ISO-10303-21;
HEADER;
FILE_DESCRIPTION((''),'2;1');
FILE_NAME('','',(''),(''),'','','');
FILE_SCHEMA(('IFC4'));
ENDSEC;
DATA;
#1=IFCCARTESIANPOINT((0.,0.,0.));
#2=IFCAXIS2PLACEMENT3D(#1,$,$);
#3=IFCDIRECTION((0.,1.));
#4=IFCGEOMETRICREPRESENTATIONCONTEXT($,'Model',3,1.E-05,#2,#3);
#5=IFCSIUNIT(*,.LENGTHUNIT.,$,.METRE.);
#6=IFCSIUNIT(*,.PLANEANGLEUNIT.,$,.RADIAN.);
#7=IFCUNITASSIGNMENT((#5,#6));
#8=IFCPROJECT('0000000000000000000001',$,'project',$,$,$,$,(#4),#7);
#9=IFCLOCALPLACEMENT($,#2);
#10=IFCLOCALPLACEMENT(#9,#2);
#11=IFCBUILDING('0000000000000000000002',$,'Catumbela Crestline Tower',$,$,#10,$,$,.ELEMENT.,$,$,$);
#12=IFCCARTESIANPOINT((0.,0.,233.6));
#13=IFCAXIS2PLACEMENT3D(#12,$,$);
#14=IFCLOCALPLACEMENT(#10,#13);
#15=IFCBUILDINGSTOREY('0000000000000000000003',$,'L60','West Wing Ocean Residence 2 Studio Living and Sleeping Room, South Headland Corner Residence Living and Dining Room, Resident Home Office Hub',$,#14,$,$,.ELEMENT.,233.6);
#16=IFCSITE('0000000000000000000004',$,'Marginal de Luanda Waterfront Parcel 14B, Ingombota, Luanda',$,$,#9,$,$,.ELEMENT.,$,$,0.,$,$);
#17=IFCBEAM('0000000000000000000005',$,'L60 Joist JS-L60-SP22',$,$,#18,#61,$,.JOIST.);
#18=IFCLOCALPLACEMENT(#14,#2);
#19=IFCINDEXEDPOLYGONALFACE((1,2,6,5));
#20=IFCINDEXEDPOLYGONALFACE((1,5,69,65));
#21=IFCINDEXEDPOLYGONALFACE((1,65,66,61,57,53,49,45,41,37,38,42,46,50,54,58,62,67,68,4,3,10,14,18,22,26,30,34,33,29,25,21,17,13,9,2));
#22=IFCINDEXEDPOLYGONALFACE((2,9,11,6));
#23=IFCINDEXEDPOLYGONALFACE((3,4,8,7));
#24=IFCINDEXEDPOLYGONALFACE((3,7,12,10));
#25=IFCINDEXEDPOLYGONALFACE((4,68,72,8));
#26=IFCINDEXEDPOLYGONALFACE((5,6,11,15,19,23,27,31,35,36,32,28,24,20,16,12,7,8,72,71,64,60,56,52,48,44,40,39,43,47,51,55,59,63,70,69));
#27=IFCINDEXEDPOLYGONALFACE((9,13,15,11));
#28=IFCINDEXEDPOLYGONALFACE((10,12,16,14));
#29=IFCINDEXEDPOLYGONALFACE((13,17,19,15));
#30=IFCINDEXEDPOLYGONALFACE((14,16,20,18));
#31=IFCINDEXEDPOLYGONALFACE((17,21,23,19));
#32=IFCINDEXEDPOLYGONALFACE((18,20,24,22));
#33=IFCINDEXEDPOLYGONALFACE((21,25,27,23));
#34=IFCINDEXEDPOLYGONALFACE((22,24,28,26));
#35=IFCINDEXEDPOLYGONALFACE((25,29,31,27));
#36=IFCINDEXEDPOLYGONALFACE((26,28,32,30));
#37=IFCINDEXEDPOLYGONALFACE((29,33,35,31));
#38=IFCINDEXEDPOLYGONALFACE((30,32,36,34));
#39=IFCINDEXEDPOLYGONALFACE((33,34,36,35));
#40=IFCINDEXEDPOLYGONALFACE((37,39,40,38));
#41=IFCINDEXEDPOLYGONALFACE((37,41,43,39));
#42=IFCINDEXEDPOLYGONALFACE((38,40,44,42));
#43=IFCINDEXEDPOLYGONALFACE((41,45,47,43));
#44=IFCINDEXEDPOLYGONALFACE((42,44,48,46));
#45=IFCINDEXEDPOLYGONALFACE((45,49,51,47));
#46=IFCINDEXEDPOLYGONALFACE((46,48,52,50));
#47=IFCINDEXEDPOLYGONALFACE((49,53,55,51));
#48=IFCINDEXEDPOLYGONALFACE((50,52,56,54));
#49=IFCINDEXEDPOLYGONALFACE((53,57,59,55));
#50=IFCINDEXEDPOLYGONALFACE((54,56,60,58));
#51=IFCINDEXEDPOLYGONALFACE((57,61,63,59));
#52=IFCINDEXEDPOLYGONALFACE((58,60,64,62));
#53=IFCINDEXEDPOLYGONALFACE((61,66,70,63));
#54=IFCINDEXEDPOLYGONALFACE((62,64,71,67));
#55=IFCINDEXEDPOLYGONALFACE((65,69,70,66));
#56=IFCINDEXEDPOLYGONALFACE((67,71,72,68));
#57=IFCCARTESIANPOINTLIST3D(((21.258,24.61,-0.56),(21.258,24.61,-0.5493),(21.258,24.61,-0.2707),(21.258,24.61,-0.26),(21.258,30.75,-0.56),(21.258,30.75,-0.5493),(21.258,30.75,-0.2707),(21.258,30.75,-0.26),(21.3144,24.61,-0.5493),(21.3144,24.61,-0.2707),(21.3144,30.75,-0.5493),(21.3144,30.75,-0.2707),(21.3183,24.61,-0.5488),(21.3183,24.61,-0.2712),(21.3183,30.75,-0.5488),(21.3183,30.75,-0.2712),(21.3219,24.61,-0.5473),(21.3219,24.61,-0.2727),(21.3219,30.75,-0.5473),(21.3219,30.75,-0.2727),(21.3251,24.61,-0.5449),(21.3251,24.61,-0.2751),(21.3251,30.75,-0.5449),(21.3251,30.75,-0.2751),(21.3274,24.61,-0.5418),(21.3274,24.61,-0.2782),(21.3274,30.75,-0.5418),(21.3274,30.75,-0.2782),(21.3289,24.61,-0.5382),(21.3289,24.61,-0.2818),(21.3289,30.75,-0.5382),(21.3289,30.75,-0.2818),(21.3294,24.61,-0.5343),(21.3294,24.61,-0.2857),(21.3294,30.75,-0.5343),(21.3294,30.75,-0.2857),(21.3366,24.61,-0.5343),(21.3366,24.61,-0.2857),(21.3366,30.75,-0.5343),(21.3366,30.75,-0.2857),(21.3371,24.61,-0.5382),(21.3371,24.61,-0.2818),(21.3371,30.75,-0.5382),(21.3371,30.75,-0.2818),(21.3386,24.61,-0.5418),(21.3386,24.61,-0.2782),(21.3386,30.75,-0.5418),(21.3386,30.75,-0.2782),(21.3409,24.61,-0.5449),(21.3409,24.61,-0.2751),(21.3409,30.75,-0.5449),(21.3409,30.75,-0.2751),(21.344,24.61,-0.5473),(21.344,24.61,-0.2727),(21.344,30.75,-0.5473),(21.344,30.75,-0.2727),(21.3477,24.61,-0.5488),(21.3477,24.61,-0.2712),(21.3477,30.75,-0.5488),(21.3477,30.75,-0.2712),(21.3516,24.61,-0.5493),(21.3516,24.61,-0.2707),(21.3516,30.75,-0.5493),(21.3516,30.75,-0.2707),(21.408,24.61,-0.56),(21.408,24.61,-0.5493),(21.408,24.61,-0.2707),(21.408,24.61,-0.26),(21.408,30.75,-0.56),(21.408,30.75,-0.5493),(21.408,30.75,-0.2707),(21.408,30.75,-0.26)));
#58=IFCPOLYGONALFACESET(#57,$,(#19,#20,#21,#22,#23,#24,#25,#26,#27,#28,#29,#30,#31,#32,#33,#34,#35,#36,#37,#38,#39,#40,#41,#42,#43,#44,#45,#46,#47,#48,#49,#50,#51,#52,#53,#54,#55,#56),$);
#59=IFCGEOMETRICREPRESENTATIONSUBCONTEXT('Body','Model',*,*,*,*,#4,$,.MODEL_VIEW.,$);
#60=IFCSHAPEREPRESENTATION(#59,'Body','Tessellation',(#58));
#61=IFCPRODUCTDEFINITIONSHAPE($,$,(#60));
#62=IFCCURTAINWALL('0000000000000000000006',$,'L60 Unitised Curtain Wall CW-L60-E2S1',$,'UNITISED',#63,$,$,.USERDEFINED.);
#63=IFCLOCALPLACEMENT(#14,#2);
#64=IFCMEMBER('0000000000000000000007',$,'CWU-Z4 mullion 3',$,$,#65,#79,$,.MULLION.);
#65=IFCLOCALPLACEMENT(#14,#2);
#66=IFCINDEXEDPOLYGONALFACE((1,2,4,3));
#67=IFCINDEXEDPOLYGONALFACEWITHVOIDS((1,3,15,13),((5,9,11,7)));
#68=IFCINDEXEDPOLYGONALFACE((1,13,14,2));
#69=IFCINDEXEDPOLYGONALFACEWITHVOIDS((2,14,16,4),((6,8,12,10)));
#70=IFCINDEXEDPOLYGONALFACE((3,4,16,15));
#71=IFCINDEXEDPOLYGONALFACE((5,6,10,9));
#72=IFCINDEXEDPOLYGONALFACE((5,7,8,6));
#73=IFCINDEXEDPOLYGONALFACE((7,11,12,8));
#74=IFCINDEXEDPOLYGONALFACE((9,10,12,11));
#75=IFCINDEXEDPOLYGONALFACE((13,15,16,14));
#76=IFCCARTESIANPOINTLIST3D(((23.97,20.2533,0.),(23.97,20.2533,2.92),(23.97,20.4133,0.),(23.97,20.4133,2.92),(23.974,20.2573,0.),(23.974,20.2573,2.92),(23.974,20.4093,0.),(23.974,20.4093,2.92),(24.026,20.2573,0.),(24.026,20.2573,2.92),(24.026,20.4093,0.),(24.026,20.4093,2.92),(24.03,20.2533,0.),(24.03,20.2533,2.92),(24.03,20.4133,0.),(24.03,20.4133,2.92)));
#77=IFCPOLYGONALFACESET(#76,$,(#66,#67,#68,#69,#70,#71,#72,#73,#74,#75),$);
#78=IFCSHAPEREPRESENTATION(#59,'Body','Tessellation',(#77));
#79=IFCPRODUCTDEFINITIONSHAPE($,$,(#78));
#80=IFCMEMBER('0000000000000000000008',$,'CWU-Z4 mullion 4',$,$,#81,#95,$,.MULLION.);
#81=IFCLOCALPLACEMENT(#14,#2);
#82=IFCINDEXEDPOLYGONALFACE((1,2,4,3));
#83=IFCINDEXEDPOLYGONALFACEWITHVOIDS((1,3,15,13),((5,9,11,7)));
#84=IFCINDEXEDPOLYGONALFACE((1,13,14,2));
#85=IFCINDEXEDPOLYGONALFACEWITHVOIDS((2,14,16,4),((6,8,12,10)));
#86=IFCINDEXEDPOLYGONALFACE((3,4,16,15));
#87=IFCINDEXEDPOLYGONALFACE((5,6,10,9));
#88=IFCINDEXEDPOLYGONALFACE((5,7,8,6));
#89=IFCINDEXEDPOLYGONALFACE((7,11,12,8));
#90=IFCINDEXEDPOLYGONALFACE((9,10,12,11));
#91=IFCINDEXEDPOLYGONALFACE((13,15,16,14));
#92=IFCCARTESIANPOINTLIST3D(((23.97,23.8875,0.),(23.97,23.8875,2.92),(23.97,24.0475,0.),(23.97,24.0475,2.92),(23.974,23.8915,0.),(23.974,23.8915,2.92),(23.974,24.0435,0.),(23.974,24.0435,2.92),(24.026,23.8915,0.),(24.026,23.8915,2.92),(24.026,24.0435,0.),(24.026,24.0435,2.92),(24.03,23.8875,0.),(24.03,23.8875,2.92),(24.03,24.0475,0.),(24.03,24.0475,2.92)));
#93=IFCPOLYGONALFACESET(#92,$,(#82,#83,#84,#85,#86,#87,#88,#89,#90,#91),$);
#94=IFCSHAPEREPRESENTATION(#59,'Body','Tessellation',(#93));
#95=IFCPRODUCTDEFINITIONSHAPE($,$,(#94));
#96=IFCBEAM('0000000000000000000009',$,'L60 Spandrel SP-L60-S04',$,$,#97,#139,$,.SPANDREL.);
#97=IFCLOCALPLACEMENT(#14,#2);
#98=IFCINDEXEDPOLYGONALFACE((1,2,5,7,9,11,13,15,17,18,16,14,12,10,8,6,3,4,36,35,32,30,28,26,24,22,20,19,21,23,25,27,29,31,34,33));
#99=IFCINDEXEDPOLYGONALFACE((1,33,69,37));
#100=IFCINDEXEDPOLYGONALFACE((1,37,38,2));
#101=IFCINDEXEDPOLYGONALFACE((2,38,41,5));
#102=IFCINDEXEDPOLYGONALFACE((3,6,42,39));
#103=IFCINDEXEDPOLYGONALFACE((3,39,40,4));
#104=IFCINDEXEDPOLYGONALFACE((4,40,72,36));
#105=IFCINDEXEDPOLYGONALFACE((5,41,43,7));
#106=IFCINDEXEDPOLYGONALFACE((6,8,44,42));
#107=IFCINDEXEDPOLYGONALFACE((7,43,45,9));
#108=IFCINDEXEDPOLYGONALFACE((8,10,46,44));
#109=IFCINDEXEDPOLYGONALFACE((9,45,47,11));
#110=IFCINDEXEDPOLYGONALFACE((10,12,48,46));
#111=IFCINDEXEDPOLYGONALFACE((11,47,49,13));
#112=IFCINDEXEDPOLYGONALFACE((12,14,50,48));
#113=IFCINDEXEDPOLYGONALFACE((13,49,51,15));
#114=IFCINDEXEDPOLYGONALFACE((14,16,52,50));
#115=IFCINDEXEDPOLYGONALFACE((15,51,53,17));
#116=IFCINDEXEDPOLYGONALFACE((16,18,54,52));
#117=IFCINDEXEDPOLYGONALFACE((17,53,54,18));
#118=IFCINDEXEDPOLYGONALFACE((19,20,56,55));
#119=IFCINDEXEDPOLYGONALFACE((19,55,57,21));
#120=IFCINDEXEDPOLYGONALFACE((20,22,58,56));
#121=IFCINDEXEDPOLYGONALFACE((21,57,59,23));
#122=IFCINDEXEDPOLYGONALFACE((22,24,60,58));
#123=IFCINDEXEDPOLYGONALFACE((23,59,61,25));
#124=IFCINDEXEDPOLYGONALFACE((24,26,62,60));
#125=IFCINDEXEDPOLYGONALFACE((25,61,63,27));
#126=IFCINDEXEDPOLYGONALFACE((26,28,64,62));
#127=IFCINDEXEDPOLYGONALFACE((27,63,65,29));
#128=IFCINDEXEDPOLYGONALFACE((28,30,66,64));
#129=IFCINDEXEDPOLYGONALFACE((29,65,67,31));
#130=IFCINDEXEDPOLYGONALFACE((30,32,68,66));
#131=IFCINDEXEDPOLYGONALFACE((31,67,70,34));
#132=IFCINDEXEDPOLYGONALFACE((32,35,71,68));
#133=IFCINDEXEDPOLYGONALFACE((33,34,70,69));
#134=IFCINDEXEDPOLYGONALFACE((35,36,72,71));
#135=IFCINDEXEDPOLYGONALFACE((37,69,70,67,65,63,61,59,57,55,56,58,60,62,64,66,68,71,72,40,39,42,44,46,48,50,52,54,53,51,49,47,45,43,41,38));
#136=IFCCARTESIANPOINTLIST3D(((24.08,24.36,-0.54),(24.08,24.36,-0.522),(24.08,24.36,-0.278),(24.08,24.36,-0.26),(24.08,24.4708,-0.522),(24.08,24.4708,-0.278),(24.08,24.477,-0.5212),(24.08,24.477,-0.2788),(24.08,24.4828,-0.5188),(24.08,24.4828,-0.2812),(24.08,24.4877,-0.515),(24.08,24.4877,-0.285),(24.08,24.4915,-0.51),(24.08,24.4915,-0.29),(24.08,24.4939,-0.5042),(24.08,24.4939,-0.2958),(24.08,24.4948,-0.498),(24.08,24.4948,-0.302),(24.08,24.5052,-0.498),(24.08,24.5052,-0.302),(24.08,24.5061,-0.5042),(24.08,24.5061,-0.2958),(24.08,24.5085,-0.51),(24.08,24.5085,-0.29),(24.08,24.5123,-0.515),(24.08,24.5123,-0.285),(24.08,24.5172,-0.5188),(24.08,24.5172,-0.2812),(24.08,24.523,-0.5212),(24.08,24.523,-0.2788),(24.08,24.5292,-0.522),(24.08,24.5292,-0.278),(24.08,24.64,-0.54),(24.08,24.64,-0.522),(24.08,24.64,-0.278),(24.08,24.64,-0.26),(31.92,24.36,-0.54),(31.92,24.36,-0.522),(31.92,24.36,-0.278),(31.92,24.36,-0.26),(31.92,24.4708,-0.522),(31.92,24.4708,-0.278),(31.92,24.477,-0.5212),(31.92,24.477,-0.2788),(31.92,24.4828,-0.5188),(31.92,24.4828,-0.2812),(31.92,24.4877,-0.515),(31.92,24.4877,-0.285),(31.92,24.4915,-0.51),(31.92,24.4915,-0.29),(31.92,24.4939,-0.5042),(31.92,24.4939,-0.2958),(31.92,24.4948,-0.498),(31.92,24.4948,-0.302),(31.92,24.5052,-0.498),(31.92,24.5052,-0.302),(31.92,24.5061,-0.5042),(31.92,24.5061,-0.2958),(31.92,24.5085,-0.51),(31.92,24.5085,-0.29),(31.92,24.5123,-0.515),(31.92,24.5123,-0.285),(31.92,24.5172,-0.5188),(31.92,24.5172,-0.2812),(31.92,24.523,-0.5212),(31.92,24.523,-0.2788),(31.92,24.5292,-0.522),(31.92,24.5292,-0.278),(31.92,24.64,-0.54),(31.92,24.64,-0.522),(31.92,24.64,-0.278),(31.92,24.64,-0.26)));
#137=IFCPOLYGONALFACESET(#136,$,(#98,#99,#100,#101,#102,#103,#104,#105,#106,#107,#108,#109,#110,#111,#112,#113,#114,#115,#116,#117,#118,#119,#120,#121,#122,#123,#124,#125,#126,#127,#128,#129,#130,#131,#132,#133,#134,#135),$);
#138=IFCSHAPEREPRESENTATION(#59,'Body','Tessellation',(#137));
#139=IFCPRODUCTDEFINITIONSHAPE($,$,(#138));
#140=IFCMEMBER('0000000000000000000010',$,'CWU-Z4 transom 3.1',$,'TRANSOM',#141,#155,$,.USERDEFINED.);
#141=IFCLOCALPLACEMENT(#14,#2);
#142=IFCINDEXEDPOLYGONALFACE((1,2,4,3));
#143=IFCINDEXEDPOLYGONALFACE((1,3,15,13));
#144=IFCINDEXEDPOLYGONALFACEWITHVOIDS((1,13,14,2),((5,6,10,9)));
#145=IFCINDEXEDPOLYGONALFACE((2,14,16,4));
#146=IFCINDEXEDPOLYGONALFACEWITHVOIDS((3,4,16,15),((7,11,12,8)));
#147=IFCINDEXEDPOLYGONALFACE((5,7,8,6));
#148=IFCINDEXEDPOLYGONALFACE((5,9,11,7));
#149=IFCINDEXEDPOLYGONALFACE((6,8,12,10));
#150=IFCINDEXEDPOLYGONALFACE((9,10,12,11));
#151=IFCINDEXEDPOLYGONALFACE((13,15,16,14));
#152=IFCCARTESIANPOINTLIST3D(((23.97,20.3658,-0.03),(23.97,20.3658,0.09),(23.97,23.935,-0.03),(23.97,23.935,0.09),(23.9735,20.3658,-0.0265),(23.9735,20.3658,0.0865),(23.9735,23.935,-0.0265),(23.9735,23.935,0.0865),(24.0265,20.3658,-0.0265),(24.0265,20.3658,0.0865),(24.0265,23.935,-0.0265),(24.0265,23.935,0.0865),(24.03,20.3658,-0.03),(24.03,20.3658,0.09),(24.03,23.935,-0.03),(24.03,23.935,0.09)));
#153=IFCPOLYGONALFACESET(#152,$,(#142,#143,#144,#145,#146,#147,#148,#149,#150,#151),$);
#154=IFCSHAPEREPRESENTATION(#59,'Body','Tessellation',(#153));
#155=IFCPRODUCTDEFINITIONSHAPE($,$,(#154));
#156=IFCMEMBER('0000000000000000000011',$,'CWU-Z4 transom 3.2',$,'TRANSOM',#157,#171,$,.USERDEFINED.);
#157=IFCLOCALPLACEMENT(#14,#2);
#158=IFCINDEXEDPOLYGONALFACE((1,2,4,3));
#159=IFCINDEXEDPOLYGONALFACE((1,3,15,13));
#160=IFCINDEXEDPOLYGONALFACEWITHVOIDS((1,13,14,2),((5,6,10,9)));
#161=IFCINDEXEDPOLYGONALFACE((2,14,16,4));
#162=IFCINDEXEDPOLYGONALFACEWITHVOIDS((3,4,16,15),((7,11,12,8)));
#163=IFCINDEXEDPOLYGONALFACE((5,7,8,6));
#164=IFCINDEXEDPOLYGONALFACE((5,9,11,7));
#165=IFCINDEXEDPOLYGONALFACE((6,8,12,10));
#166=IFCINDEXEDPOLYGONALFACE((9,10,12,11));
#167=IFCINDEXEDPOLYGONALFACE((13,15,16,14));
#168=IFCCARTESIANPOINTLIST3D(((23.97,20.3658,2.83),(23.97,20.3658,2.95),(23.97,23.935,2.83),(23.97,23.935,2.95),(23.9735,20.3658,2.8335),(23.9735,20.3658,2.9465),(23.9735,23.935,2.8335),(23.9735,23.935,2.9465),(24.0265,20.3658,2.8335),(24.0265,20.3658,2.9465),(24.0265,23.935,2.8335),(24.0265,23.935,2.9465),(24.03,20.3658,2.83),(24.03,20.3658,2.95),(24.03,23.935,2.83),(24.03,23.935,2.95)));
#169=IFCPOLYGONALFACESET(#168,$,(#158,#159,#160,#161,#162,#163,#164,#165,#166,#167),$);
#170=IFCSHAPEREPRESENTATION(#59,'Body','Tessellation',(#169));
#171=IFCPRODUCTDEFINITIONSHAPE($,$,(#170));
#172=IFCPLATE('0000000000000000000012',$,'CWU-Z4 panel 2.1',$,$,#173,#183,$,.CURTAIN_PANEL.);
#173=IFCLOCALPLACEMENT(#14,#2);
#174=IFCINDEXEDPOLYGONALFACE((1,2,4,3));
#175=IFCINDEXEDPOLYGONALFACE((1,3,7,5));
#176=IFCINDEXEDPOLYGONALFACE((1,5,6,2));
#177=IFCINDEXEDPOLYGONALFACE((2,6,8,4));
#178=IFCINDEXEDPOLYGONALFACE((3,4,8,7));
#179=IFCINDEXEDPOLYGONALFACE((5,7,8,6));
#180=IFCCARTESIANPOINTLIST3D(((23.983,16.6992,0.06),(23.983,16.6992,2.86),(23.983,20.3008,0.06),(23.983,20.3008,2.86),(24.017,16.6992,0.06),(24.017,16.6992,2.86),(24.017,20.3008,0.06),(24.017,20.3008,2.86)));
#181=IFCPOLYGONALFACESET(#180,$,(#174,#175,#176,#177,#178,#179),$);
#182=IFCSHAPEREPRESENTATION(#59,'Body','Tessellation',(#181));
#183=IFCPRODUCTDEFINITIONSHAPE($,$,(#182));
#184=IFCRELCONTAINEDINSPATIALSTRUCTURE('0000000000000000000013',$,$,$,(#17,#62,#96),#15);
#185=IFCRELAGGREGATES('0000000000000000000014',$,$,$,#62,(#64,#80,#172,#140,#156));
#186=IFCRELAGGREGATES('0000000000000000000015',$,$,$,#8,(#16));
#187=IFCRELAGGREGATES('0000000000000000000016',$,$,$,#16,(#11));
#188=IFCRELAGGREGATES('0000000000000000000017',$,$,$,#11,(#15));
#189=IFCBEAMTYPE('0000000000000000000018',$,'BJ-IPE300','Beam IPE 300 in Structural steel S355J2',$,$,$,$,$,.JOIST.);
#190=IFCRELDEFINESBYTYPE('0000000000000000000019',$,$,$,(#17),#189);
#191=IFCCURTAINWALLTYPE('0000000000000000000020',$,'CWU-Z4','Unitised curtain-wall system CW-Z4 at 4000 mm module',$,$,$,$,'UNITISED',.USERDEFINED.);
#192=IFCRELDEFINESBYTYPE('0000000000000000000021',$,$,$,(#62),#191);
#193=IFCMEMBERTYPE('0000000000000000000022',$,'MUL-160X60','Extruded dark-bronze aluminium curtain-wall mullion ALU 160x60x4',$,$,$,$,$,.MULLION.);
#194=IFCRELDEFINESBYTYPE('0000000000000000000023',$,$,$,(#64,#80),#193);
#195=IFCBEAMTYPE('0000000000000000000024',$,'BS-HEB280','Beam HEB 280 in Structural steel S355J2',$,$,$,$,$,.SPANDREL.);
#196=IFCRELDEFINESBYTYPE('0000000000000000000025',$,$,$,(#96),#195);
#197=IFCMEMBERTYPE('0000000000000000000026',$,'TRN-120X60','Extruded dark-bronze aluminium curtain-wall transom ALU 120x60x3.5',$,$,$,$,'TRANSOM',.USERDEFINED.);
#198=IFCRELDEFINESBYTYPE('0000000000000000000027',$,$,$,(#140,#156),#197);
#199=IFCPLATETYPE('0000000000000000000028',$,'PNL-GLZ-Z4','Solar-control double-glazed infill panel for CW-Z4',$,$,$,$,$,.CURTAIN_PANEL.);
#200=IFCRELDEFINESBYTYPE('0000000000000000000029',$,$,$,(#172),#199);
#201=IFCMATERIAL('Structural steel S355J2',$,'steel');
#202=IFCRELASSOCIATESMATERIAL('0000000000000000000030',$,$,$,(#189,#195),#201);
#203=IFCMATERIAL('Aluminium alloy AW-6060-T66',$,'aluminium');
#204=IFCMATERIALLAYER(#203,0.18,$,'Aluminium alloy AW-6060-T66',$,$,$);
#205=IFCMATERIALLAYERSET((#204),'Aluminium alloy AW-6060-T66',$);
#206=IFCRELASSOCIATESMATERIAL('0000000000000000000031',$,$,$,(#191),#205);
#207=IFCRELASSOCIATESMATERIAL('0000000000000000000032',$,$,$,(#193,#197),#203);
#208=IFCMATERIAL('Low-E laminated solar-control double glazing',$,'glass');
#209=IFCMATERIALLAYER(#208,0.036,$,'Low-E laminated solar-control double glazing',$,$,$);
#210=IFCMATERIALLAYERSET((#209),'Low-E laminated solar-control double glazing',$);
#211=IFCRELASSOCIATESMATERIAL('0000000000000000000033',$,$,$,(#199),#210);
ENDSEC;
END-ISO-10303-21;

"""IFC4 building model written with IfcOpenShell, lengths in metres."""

from ifc_helpers import new_model, si_unit, direction, frame, origin, origin_2d, place, context, subcontext, project, spatial, rectangle, hollow_rectangle, i_section, extrude, material, layer, layer_set, material_profile, profile_set, type_object, element, aggregate, save


model = new_model("IFC4")

# Units and contexts
model_context = context("Model", 3, precision=1e-05, world=origin(), true_north=direction((0.0, 1.0)))
body_context = subcontext(model_context, "Body", "Model", "MODEL_VIEW")
ifc_project = project(units=[si_unit("LENGTHUNIT", "METRE"), si_unit("PLANEANGLEUNIT", "RADIAN")], contexts=[model_context])

# Site, building, storey
site_placement = place(None, origin())
site = spatial("IfcSite", under=ifc_project, at=site_placement, Name="Marginal de Luanda Waterfront Parcel 14B, Ingombota, Luanda", CompositionType="ELEMENT", RefElevation=0.0)
building_placement = place(site_placement, origin())
building = spatial("IfcBuilding", under=site, at=building_placement, Name="Catumbela Crestline Tower", CompositionType="ELEMENT")
storey_placement = place(building_placement, frame((0.0, 0.0, 233.6)))
storey = spatial("IfcBuildingStorey", under=building, at=storey_placement, Name="L60", Description="West Wing Ocean Residence 2 Studio Living and Sleeping Room, South Headland Corner Residence Living and Dining Room, Resident Home Office Hub", CompositionType="ELEMENT", Elevation=233.6)

# Shared definitions
ifc_material_1 = material(Name="Structural steel S355J2", Category="steel")

# Beam
ifc_material_profile_1 = material_profile(ifc_material_1, i_section(OverallWidth=0.15, OverallDepth=0.3, WebThickness=0.0071, FlangeThickness=0.0107, FilletRadius=0.015, at=origin_2d()), Name="IPE 300")
ifc_profile_set_1 = profile_set([ifc_material_profile_1], Name="Structural steel S355J2")
beam_type_1 = type_object("IfcBeamType", Name="BJ-IPE300", Description="Beam IPE 300 in Structural steel S355J2", PredefinedType="JOIST", material=ifc_profile_set_1)
for number, where, z_axis, x_axis, name in (
    (1, (21.333, 24.61, -0.41), (0.0, 1.0, 0.0), (-1.0, 0.0, 0.0), "L60 Joist JS-L60-SP22"),
):
    element("IfcBeam", number, at=place(storey_placement, frame(where, z_axis=z_axis, x_axis=x_axis)), inside=storey, type_object=beam_type_1, Name=name, PredefinedType="JOIST", context=body_context, shape_type="SweptSolid", body=[
        extrude(i_section(OverallWidth=0.15, OverallDepth=0.3, WebThickness=0.0071, FlangeThickness=0.0107, FilletRadius=0.015, at=origin_2d()), origin(), (0.0, 0.0, 1.0), 6.14),
    ])

# Curtain wall, members
ifc_material_2 = material(Name="Aluminium alloy AW-6060-T66", Category="aluminium")
ifc_layer_1 = layer(ifc_material_2, 0.18, Name="Aluminium alloy AW-6060-T66")
ifc_layer_set_1 = layer_set([ifc_layer_1], Name="Aluminium alloy AW-6060-T66")
curtain_wall_type = type_object("IfcCurtainWallType", Name="CWU-Z4", Description="Unitised curtain-wall system CW-Z4 at 4000 mm module", ElementType="UNITISED", PredefinedType="USERDEFINED", material=ifc_layer_set_1)
curtain_wall_placement = place(storey_placement, origin())
curtain_wall = element("IfcCurtainWall", 2, at=curtain_wall_placement, inside=storey, type_object=curtain_wall_type, Name="L60 Unitised Curtain Wall CW-L60-E2S1", ObjectType="UNITISED", PredefinedType="USERDEFINED")
ifc_material_profile_2 = material_profile(ifc_material_2, hollow_rectangle(XDim=0.06, YDim=0.16, WallThickness=0.004, at=origin_2d()), Name="ALU 160x60x4")
ifc_profile_set_2 = profile_set([ifc_material_profile_2], Name="Aluminium alloy AW-6060-T66")
member_type_1 = type_object("IfcMemberType", Name="MUL-160X60", Description="Extruded dark-bronze aluminium curtain-wall mullion ALU 160x60x4", PredefinedType="MULLION", material=ifc_profile_set_2)
member_1_placement = place(storey_placement, frame((24.0, 20.3333, 0.0), z_axis=(0.0, 0.0, 1.0), x_axis=(-1.0, 0.0, 0.0)))
member_1 = element("IfcMember", 3, at=member_1_placement, type_object=member_type_1, Name="CWU-Z4 mullion 3", PredefinedType="MULLION", context=body_context, shape_type="SweptSolid", body=[
    extrude(hollow_rectangle(XDim=0.06, YDim=0.16, WallThickness=0.004, at=origin_2d()), origin(), (0.0, 0.0, 1.0), 2.92),
])
member_2_placement = place(storey_placement, frame((24.0, 23.9675, 0.0), z_axis=(0.0, 0.0, 1.0), x_axis=(-1.0, 0.0, 0.0)))
member_2 = element("IfcMember", 4, at=member_2_placement, type_object=member_type_1, Name="CWU-Z4 mullion 4", PredefinedType="MULLION", context=body_context, shape_type="SweptSolid", body=[
    extrude(hollow_rectangle(XDim=0.06, YDim=0.16, WallThickness=0.004, at=origin_2d()), origin(), (0.0, 0.0, 1.0), 2.92),
])

# Beam
ifc_material_profile_3 = material_profile(ifc_material_1, i_section(OverallWidth=0.28, OverallDepth=0.28, WebThickness=0.0105, FlangeThickness=0.018, FilletRadius=0.024, at=origin_2d()), Name="HEB 280")
ifc_profile_set_3 = profile_set([ifc_material_profile_3], Name="Structural steel S355J2")
beam_type_2 = type_object("IfcBeamType", Name="BS-HEB280", Description="Beam HEB 280 in Structural steel S355J2", PredefinedType="SPANDREL", material=ifc_profile_set_3)
beam_1_placement = place(storey_placement, frame((24.08, 24.5, -0.4), z_axis=(1.0, 0.0, 0.0), x_axis=(0.0, 1.0, 0.0)))
element("IfcBeam", 5, at=beam_1_placement, inside=storey, type_object=beam_type_2, Name="L60 Spandrel SP-L60-S04", PredefinedType="SPANDREL", context=body_context, shape_type="SweptSolid", body=[
    extrude(i_section(OverallWidth=0.28, OverallDepth=0.28, WebThickness=0.0105, FlangeThickness=0.018, FilletRadius=0.024, at=origin_2d()), origin(), (0.0, 0.0, 1.0), 7.84),
])

# Members
ifc_material_profile_4 = material_profile(ifc_material_2, hollow_rectangle(XDim=0.06, YDim=0.12, WallThickness=0.0035, at=origin_2d()), Name="ALU 120x60x3.5")
ifc_profile_set_4 = profile_set([ifc_material_profile_4], Name="Aluminium alloy AW-6060-T66")
member_type_2 = type_object("IfcMemberType", Name="TRN-120X60", Description="Extruded dark-bronze aluminium curtain-wall transom ALU 120x60x3.5", ElementType="TRANSOM", PredefinedType="USERDEFINED", material=ifc_profile_set_4)
member_3_placement = place(storey_placement, frame((24.0, 20.3658, 0.03), z_axis=(0.0, 1.0, 0.0), x_axis=(-1.0, 0.0, 0.0)))
member_3 = element("IfcMember", 6, at=member_3_placement, type_object=member_type_2, Name="CWU-Z4 transom 3.1", ObjectType="TRANSOM", PredefinedType="USERDEFINED", context=body_context, shape_type="SweptSolid", body=[
    extrude(hollow_rectangle(XDim=0.06, YDim=0.12, WallThickness=0.0035, at=origin_2d()), origin(), (0.0, 0.0, 1.0), 3.5692),
])
member_4_placement = place(storey_placement, frame((24.0, 20.3658, 2.89), z_axis=(0.0, 1.0, 0.0), x_axis=(-1.0, 0.0, 0.0)))
member_4 = element("IfcMember", 7, at=member_4_placement, type_object=member_type_2, Name="CWU-Z4 transom 3.2", ObjectType="TRANSOM", PredefinedType="USERDEFINED", context=body_context, shape_type="SweptSolid", body=[
    extrude(hollow_rectangle(XDim=0.06, YDim=0.12, WallThickness=0.0035, at=origin_2d()), origin(), (0.0, 0.0, 1.0), 3.5692),
])

# Plate
ifc_material_3 = material(Name="Low-E laminated solar-control double glazing", Category="glass")
ifc_layer_2 = layer(ifc_material_3, 0.036, Name="Low-E laminated solar-control double glazing")
ifc_layer_set_2 = layer_set([ifc_layer_2], Name="Low-E laminated solar-control double glazing")
plate_type = type_object("IfcPlateType", Name="PNL-GLZ-Z4", Description="Solar-control double-glazed infill panel for CW-Z4", PredefinedType="CURTAIN_PANEL", material=ifc_layer_set_2)
plate_1_placement = place(storey_placement, frame((24.0, 18.5, 0.06), z_axis=(0.0, 0.0, 1.0), x_axis=(0.0, 1.0, 0.0)))
plate_1 = element("IfcPlate", 8, at=plate_1_placement, type_object=plate_type, Name="CWU-Z4 panel 2.1", PredefinedType="CURTAIN_PANEL", context=body_context, shape_type="SweptSolid", body=[
    extrude(rectangle(XDim=3.6017, YDim=0.034, at=origin_2d()), origin(), (0.0, 0.0, 1.0), 2.8),
])
aggregate(curtain_wall, [member_1, member_2, plate_1, member_3, member_4])

save(model, "model.ifc")
